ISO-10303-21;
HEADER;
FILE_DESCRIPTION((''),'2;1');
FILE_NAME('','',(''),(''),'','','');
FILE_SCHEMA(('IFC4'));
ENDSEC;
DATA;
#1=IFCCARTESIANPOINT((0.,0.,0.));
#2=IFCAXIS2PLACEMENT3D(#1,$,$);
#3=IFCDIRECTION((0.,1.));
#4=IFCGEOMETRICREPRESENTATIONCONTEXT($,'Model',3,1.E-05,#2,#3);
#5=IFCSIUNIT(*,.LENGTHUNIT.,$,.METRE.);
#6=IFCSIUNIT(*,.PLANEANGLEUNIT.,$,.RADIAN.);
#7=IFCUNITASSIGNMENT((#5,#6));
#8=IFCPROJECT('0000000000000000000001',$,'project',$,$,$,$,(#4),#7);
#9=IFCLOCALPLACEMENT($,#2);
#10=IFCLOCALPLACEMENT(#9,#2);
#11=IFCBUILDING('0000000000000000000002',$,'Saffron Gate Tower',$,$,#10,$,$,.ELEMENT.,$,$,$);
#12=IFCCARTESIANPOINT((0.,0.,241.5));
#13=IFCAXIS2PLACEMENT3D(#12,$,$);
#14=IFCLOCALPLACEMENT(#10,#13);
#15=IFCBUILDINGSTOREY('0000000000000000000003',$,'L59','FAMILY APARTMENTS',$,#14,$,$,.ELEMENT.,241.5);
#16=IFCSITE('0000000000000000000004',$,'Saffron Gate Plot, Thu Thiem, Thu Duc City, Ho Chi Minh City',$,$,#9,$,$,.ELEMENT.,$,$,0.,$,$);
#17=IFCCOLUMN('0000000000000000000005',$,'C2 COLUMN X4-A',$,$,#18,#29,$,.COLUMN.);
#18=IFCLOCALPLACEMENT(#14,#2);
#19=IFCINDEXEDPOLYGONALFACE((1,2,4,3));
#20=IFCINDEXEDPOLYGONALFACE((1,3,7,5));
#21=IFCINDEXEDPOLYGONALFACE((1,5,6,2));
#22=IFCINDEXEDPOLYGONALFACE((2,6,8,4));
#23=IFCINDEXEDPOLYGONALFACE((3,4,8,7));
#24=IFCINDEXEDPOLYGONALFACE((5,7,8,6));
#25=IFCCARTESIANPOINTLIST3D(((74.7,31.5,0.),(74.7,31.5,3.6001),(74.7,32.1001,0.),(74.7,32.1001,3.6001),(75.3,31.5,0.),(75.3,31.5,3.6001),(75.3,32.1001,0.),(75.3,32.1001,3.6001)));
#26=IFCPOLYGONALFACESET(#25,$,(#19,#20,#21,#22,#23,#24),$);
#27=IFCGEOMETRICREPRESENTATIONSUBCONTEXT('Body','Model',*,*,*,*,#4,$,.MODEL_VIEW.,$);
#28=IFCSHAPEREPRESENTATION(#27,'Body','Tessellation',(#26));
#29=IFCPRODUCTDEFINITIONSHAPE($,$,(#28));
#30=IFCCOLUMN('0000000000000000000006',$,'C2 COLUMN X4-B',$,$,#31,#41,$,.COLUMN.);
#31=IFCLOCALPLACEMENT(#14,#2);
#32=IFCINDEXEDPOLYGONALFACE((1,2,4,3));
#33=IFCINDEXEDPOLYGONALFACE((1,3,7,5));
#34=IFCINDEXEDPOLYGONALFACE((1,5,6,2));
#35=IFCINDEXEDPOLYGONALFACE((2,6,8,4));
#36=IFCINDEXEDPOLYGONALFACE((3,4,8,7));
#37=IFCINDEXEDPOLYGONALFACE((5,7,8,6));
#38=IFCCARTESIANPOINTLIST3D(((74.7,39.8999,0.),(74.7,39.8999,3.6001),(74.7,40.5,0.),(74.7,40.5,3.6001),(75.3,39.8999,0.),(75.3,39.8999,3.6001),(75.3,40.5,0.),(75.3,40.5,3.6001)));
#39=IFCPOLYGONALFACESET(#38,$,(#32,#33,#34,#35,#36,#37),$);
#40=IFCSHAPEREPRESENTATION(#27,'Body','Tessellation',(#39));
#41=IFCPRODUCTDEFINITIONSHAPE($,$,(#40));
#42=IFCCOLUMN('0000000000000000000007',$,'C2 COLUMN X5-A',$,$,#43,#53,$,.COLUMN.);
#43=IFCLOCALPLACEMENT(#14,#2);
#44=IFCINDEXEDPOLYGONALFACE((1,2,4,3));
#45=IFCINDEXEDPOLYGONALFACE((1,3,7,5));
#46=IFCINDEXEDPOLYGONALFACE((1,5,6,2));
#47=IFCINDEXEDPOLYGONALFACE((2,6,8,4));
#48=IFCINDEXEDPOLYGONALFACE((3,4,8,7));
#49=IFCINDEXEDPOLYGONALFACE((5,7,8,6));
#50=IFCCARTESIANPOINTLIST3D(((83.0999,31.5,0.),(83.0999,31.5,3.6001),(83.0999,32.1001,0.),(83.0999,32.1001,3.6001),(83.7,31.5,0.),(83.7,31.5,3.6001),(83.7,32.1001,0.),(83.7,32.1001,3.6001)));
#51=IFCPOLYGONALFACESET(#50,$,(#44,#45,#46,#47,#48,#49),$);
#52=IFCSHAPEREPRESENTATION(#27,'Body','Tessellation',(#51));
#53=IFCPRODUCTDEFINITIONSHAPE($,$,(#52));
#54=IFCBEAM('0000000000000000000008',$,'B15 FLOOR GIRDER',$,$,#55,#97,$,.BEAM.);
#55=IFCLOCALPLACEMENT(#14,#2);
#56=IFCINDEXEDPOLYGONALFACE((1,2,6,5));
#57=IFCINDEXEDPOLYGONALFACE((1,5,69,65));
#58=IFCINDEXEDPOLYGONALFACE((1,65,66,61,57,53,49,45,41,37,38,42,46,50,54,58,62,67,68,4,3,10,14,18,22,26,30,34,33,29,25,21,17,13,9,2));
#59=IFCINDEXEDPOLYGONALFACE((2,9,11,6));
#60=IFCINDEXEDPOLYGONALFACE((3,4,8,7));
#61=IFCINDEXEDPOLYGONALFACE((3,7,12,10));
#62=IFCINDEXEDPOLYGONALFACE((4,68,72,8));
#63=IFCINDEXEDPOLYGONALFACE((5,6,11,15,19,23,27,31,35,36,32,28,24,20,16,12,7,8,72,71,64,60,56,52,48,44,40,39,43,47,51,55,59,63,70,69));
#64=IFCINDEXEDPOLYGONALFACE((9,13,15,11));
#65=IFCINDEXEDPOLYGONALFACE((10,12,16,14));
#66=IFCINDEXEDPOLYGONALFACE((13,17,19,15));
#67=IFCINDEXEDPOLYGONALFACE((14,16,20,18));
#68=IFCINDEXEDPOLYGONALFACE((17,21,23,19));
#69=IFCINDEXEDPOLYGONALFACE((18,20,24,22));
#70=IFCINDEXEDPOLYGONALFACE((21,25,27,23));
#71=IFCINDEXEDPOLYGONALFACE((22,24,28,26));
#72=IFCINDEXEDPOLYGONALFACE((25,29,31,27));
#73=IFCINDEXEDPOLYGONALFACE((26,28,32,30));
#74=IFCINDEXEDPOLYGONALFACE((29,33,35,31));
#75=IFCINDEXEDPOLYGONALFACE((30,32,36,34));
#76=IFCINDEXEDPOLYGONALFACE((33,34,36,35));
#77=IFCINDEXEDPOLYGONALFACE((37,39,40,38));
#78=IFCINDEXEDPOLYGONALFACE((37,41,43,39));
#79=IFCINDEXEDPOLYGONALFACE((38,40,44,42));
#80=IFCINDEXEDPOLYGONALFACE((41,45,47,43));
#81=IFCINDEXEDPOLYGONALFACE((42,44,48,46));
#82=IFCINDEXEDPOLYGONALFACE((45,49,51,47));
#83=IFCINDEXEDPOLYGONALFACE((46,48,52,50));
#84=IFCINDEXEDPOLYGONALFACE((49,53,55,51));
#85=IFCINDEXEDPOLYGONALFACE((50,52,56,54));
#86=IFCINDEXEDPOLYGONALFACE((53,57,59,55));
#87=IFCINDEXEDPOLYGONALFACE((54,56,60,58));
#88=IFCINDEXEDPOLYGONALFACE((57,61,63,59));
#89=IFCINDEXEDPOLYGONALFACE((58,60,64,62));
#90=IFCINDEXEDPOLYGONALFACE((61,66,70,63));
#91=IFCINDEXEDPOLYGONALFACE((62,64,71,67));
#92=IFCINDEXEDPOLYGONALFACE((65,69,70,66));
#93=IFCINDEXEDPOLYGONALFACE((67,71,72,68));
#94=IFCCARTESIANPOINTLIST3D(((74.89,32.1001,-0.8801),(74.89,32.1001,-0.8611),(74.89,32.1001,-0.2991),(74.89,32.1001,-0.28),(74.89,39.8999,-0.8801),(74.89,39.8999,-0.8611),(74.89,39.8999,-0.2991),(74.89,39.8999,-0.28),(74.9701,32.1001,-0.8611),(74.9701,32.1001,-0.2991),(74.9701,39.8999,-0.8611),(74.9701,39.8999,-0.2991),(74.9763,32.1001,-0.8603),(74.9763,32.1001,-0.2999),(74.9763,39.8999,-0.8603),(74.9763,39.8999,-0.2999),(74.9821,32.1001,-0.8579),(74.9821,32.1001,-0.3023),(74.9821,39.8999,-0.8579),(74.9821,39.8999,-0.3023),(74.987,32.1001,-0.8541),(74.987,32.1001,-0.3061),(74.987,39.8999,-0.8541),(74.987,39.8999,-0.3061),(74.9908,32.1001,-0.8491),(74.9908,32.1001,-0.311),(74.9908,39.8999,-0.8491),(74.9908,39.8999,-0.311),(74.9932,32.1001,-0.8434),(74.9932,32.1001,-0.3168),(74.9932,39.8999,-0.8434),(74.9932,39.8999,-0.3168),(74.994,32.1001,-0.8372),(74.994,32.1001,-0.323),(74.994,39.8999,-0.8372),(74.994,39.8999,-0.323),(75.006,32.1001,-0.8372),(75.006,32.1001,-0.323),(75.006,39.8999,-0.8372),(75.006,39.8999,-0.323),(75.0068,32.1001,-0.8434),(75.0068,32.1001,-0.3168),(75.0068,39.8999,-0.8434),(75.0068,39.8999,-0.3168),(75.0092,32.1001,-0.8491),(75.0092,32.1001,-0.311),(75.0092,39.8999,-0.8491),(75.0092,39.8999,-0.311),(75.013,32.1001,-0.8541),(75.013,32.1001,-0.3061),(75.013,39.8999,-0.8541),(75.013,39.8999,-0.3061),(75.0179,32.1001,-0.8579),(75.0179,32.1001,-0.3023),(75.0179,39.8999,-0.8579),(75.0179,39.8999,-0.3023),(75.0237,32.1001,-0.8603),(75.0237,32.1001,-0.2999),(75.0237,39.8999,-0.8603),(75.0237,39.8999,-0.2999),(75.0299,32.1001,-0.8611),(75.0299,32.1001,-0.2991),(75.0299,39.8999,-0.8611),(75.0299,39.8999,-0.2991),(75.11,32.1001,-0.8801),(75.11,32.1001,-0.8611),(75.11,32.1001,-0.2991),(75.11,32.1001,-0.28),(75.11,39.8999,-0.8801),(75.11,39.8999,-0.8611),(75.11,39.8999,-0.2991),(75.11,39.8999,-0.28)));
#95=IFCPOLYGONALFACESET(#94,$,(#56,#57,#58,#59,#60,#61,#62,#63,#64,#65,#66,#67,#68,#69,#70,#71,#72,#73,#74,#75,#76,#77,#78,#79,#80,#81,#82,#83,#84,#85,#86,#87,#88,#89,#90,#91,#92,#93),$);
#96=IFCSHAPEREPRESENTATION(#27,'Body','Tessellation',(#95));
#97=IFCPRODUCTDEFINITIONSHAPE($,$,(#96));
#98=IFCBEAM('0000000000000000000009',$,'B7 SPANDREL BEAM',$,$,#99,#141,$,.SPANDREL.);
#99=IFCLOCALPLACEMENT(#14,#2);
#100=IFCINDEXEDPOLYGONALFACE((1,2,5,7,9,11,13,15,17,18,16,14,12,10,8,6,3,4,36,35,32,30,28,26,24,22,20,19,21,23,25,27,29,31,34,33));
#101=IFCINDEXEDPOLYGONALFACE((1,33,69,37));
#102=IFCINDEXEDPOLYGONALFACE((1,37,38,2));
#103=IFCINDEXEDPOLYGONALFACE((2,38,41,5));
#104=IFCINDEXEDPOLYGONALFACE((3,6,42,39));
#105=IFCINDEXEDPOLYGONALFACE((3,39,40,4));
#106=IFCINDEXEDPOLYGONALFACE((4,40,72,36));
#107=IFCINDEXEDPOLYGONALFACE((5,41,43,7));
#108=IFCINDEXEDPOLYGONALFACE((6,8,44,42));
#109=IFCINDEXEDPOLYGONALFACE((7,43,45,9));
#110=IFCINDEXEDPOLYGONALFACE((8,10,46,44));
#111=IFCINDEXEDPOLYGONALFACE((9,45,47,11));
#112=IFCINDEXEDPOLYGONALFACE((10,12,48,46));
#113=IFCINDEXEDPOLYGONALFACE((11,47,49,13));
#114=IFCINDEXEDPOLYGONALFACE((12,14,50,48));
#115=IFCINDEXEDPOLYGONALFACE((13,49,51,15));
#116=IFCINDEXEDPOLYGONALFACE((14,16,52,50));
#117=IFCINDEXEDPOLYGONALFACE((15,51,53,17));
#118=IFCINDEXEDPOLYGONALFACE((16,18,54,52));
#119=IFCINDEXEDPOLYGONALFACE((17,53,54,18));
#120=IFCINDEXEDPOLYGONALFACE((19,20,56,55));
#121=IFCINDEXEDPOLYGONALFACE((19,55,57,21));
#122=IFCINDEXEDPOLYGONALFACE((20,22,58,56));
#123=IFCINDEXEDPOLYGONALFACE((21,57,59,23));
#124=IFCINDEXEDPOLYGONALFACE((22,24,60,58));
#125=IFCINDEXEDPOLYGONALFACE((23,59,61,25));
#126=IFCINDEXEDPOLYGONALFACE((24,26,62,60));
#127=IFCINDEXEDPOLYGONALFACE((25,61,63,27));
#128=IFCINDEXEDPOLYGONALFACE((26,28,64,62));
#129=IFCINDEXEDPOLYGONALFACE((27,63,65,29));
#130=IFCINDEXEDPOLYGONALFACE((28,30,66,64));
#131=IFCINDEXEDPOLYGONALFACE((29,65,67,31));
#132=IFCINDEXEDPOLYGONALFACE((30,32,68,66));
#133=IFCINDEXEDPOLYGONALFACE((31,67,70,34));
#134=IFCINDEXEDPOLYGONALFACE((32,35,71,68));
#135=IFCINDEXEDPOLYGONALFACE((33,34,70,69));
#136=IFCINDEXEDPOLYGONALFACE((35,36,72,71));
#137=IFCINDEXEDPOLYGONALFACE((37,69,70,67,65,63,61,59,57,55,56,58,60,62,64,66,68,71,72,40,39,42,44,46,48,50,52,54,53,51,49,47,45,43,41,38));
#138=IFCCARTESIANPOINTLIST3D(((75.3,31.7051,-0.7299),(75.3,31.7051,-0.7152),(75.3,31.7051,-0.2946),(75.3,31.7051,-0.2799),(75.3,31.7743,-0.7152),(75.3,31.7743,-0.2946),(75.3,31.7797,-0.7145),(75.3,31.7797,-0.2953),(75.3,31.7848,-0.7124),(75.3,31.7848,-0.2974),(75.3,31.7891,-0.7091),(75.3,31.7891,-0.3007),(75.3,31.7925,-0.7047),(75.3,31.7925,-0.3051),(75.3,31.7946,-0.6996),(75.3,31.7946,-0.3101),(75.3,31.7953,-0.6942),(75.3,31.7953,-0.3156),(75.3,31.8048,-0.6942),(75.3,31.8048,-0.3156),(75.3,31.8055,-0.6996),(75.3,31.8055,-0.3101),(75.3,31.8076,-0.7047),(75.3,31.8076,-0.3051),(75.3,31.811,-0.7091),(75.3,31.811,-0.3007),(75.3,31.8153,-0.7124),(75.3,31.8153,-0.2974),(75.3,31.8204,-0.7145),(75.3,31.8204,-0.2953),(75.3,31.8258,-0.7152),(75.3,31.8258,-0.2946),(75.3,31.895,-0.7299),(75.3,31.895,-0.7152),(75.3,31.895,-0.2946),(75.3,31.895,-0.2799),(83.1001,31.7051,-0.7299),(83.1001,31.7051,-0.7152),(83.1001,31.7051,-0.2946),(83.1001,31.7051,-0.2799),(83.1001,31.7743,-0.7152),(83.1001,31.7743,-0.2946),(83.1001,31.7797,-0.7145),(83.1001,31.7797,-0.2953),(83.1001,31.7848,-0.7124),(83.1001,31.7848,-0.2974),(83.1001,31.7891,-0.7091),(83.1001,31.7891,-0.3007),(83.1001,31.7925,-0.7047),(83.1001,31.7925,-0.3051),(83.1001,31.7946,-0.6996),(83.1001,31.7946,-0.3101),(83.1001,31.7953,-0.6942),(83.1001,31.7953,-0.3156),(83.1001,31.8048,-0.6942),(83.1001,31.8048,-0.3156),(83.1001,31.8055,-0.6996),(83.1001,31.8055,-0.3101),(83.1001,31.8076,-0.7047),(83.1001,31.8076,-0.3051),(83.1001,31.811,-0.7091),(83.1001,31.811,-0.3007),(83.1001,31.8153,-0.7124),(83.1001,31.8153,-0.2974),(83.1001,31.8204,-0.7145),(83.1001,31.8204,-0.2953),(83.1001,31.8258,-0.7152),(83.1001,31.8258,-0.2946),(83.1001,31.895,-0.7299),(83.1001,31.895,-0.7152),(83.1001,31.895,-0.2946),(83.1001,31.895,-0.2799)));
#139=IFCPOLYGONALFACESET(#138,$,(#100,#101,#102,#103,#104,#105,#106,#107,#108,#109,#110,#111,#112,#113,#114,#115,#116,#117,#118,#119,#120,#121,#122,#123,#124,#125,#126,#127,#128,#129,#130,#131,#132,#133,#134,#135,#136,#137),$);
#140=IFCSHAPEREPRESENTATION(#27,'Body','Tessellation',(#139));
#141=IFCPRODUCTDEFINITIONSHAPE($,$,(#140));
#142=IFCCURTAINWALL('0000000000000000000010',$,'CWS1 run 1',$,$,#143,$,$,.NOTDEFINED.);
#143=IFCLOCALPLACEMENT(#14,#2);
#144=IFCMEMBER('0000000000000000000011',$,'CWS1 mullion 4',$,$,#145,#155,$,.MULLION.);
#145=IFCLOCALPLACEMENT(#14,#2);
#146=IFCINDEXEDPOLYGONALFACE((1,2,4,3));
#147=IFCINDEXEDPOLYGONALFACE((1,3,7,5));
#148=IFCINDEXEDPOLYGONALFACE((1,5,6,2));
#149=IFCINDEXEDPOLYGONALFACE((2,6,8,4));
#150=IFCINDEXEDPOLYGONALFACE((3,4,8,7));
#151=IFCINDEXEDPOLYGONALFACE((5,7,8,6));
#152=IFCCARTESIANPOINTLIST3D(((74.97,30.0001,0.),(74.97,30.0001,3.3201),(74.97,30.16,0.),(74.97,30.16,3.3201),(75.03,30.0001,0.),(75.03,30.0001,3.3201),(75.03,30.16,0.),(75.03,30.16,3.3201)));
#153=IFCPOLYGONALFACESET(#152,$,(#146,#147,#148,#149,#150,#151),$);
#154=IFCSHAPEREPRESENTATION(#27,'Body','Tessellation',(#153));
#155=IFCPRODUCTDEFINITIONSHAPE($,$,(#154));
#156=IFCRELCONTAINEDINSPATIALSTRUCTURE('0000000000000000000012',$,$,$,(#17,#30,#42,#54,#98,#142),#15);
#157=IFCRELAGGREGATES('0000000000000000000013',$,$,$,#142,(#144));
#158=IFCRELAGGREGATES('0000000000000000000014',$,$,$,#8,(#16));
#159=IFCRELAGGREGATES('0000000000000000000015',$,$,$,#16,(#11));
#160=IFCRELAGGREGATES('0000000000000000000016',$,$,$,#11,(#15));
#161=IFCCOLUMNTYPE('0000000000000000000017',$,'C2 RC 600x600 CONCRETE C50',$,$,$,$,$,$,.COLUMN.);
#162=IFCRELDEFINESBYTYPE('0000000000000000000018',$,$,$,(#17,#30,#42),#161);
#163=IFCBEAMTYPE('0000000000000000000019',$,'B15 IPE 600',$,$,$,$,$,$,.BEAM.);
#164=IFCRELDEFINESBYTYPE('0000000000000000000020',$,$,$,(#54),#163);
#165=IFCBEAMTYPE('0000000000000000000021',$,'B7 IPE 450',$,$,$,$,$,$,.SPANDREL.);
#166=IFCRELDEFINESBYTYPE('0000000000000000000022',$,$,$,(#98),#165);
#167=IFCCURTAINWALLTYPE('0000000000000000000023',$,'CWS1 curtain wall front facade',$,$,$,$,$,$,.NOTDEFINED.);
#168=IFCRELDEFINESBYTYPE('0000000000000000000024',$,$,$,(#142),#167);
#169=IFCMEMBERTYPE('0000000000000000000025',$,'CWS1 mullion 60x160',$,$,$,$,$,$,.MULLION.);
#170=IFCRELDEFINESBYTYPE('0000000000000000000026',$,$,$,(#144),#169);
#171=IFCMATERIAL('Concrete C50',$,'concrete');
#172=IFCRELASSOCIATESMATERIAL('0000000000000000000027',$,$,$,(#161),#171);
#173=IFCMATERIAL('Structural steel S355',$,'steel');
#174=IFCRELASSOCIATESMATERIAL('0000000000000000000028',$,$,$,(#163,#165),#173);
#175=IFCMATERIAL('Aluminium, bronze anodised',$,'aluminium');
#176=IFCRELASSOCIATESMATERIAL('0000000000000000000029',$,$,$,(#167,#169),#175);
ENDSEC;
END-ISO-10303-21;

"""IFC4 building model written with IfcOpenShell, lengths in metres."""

from ifc_helpers import new_model, si_unit, direction, frame, origin, origin_2d, place, context, subcontext, project, spatial, rectangle, i_section, extrude, material, material_profile, profile_set, type_object, element, aggregate, save


model = new_model("IFC4")

# Units and contexts
model_context = context("Model", 3, precision=1e-05, world=origin(), true_north=direction((0.0, 1.0)))
body_context = subcontext(model_context, "Body", "Model", "MODEL_VIEW")
ifc_project = project(units=[si_unit("LENGTHUNIT", "METRE"), si_unit("PLANEANGLEUNIT", "RADIAN")], contexts=[model_context])

# Site, building, storey
site_placement = place(None, origin())
site = spatial("IfcSite", under=ifc_project, at=site_placement, Name="Saffron Gate Plot, Thu Thiem, Thu Duc City, Ho Chi Minh City", CompositionType="ELEMENT", RefElevation=0.0)
building_placement = place(site_placement, origin())
building = spatial("IfcBuilding", under=site, at=building_placement, Name="Saffron Gate Tower", CompositionType="ELEMENT")
storey_placement = place(building_placement, frame((0.0, 0.0, 241.5)))
storey = spatial("IfcBuildingStorey", under=building, at=storey_placement, Name="L59", Description="FAMILY APARTMENTS", CompositionType="ELEMENT", Elevation=241.5)

# Columns
ifc_material_1 = material(Name="Concrete C50", Category="concrete")
ifc_material_profile_1 = material_profile(ifc_material_1, rectangle(XDim=0.6001, YDim=0.6001, at=origin_2d()))
ifc_profile_set_1 = profile_set([ifc_material_profile_1], Name="Concrete C50")
column_type = type_object("IfcColumnType", Name="C2 RC 600x600 CONCRETE C50", PredefinedType="COLUMN", material=ifc_profile_set_1)
for number, where, z_axis, x_axis, name in (
    (1, (75.0, 31.8, 0.0), (0.0, 0.0, 1.0), (1.0, 0.0, 0.0), "C2 COLUMN X4-A"),
    (2, (75.0, 40.2, 0.0), (0.0, 0.0, 1.0), (1.0, 0.0, 0.0), "C2 COLUMN X4-B"),
    (3, (83.3999, 31.8, 0.0), (0.0, 0.0, 1.0), (1.0, 0.0, 0.0), "C2 COLUMN X5-A"),
):
    element("IfcColumn", number, at=place(storey_placement, frame(where, z_axis=z_axis, x_axis=x_axis)), inside=storey, type_object=column_type, Name=name, PredefinedType="COLUMN", context=body_context, shape_type="SweptSolid", body=[
        extrude(rectangle(XDim=0.6001, YDim=0.6001, at=origin_2d()), origin(), (0.0, 0.0, 1.0), 3.6001),
    ])

# Beams
ifc_material_2 = material(Name="Structural steel S355", Category="steel")
ifc_material_profile_2 = material_profile(ifc_material_2, i_section(OverallWidth=0.22, OverallDepth=0.6001, WebThickness=0.012, FlangeThickness=0.019, FilletRadius=0.0239, at=origin_2d()))
ifc_profile_set_2 = profile_set([ifc_material_profile_2], Name="Structural steel S355")
beam_type_1 = type_object("IfcBeamType", Name="B15 IPE 600", PredefinedType="BEAM", material=ifc_profile_set_2)
beam_1_placement = place(storey_placement, frame((75.0, 32.1001, -0.5801), z_axis=(0.0, 1.0, 0.0), x_axis=(-1.0, 0.0, 0.0)))
element("IfcBeam", 4, at=beam_1_placement, inside=storey, type_object=beam_type_1, Name="B15 FLOOR GIRDER", PredefinedType="BEAM", context=body_context, shape_type="SweptSolid", body=[
    extrude(i_section(OverallWidth=0.22, OverallDepth=0.6001, WebThickness=0.012, FlangeThickness=0.019, FilletRadius=0.0239, at=origin_2d()), origin(), (0.0, 0.0, 1.0), 7.7998),
])
ifc_material_profile_3 = material_profile(ifc_material_2, i_section(OverallWidth=0.1899, OverallDepth=0.45, WebThickness=0.0095, FlangeThickness=0.0146, FilletRadius=0.021, at=origin_2d()))
ifc_profile_set_3 = profile_set([ifc_material_profile_3], Name="Structural steel S355")
beam_type_2 = type_object("IfcBeamType", Name="B7 IPE 450", PredefinedType="SPANDREL", material=ifc_profile_set_3)
beam_2_placement = place(storey_placement, frame((75.3, 31.8, -0.5049), z_axis=(1.0, 0.0, 0.0), x_axis=(0.0, 1.0, 0.0)))
element("IfcBeam", 5, at=beam_2_placement, inside=storey, type_object=beam_type_2, Name="B7 SPANDREL BEAM", PredefinedType="SPANDREL", context=body_context, shape_type="SweptSolid", body=[
    extrude(i_section(OverallWidth=0.1899, OverallDepth=0.45, WebThickness=0.0095, FlangeThickness=0.0146, FilletRadius=0.021, at=origin_2d()), origin(), (0.0, 0.0, 1.0), 7.8),
])

# Curtain wall, member
ifc_material_3 = material(Name="Aluminium, bronze anodised", Category="aluminium")
curtain_wall_type = type_object("IfcCurtainWallType", Name="CWS1 curtain wall front facade", PredefinedType="NOTDEFINED", material=ifc_material_3)
curtain_wall_placement = place(storey_placement, origin())
curtain_wall = element("IfcCurtainWall", 6, at=curtain_wall_placement, inside=storey, type_object=curtain_wall_type, Name="CWS1 run 1", PredefinedType="NOTDEFINED")
ifc_material_profile_4 = material_profile(ifc_material_3, rectangle(XDim=0.1599, YDim=0.0601, at=origin_2d()))
ifc_profile_set_4 = profile_set([ifc_material_profile_4], Name="Aluminium, bronze anodised")
member_type = type_object("IfcMemberType", Name="CWS1 mullion 60x160", PredefinedType="MULLION", material=ifc_profile_set_4)
member_placement = place(storey_placement, frame((75.0, 30.0801, 0.0), z_axis=(0.0, 0.0, 1.0), x_axis=(0.0, 1.0, 0.0)))
member = element("IfcMember", 7, at=member_placement, type_object=member_type, Name="CWS1 mullion 4", PredefinedType="MULLION", context=body_context, shape_type="SweptSolid", body=[
    extrude(rectangle(XDim=0.1599, YDim=0.0601, at=origin_2d()), origin(), (0.0, 0.0, 1.0), 3.3201),
])
aggregate(curtain_wall, [member])

save(model, "model.ifc")
